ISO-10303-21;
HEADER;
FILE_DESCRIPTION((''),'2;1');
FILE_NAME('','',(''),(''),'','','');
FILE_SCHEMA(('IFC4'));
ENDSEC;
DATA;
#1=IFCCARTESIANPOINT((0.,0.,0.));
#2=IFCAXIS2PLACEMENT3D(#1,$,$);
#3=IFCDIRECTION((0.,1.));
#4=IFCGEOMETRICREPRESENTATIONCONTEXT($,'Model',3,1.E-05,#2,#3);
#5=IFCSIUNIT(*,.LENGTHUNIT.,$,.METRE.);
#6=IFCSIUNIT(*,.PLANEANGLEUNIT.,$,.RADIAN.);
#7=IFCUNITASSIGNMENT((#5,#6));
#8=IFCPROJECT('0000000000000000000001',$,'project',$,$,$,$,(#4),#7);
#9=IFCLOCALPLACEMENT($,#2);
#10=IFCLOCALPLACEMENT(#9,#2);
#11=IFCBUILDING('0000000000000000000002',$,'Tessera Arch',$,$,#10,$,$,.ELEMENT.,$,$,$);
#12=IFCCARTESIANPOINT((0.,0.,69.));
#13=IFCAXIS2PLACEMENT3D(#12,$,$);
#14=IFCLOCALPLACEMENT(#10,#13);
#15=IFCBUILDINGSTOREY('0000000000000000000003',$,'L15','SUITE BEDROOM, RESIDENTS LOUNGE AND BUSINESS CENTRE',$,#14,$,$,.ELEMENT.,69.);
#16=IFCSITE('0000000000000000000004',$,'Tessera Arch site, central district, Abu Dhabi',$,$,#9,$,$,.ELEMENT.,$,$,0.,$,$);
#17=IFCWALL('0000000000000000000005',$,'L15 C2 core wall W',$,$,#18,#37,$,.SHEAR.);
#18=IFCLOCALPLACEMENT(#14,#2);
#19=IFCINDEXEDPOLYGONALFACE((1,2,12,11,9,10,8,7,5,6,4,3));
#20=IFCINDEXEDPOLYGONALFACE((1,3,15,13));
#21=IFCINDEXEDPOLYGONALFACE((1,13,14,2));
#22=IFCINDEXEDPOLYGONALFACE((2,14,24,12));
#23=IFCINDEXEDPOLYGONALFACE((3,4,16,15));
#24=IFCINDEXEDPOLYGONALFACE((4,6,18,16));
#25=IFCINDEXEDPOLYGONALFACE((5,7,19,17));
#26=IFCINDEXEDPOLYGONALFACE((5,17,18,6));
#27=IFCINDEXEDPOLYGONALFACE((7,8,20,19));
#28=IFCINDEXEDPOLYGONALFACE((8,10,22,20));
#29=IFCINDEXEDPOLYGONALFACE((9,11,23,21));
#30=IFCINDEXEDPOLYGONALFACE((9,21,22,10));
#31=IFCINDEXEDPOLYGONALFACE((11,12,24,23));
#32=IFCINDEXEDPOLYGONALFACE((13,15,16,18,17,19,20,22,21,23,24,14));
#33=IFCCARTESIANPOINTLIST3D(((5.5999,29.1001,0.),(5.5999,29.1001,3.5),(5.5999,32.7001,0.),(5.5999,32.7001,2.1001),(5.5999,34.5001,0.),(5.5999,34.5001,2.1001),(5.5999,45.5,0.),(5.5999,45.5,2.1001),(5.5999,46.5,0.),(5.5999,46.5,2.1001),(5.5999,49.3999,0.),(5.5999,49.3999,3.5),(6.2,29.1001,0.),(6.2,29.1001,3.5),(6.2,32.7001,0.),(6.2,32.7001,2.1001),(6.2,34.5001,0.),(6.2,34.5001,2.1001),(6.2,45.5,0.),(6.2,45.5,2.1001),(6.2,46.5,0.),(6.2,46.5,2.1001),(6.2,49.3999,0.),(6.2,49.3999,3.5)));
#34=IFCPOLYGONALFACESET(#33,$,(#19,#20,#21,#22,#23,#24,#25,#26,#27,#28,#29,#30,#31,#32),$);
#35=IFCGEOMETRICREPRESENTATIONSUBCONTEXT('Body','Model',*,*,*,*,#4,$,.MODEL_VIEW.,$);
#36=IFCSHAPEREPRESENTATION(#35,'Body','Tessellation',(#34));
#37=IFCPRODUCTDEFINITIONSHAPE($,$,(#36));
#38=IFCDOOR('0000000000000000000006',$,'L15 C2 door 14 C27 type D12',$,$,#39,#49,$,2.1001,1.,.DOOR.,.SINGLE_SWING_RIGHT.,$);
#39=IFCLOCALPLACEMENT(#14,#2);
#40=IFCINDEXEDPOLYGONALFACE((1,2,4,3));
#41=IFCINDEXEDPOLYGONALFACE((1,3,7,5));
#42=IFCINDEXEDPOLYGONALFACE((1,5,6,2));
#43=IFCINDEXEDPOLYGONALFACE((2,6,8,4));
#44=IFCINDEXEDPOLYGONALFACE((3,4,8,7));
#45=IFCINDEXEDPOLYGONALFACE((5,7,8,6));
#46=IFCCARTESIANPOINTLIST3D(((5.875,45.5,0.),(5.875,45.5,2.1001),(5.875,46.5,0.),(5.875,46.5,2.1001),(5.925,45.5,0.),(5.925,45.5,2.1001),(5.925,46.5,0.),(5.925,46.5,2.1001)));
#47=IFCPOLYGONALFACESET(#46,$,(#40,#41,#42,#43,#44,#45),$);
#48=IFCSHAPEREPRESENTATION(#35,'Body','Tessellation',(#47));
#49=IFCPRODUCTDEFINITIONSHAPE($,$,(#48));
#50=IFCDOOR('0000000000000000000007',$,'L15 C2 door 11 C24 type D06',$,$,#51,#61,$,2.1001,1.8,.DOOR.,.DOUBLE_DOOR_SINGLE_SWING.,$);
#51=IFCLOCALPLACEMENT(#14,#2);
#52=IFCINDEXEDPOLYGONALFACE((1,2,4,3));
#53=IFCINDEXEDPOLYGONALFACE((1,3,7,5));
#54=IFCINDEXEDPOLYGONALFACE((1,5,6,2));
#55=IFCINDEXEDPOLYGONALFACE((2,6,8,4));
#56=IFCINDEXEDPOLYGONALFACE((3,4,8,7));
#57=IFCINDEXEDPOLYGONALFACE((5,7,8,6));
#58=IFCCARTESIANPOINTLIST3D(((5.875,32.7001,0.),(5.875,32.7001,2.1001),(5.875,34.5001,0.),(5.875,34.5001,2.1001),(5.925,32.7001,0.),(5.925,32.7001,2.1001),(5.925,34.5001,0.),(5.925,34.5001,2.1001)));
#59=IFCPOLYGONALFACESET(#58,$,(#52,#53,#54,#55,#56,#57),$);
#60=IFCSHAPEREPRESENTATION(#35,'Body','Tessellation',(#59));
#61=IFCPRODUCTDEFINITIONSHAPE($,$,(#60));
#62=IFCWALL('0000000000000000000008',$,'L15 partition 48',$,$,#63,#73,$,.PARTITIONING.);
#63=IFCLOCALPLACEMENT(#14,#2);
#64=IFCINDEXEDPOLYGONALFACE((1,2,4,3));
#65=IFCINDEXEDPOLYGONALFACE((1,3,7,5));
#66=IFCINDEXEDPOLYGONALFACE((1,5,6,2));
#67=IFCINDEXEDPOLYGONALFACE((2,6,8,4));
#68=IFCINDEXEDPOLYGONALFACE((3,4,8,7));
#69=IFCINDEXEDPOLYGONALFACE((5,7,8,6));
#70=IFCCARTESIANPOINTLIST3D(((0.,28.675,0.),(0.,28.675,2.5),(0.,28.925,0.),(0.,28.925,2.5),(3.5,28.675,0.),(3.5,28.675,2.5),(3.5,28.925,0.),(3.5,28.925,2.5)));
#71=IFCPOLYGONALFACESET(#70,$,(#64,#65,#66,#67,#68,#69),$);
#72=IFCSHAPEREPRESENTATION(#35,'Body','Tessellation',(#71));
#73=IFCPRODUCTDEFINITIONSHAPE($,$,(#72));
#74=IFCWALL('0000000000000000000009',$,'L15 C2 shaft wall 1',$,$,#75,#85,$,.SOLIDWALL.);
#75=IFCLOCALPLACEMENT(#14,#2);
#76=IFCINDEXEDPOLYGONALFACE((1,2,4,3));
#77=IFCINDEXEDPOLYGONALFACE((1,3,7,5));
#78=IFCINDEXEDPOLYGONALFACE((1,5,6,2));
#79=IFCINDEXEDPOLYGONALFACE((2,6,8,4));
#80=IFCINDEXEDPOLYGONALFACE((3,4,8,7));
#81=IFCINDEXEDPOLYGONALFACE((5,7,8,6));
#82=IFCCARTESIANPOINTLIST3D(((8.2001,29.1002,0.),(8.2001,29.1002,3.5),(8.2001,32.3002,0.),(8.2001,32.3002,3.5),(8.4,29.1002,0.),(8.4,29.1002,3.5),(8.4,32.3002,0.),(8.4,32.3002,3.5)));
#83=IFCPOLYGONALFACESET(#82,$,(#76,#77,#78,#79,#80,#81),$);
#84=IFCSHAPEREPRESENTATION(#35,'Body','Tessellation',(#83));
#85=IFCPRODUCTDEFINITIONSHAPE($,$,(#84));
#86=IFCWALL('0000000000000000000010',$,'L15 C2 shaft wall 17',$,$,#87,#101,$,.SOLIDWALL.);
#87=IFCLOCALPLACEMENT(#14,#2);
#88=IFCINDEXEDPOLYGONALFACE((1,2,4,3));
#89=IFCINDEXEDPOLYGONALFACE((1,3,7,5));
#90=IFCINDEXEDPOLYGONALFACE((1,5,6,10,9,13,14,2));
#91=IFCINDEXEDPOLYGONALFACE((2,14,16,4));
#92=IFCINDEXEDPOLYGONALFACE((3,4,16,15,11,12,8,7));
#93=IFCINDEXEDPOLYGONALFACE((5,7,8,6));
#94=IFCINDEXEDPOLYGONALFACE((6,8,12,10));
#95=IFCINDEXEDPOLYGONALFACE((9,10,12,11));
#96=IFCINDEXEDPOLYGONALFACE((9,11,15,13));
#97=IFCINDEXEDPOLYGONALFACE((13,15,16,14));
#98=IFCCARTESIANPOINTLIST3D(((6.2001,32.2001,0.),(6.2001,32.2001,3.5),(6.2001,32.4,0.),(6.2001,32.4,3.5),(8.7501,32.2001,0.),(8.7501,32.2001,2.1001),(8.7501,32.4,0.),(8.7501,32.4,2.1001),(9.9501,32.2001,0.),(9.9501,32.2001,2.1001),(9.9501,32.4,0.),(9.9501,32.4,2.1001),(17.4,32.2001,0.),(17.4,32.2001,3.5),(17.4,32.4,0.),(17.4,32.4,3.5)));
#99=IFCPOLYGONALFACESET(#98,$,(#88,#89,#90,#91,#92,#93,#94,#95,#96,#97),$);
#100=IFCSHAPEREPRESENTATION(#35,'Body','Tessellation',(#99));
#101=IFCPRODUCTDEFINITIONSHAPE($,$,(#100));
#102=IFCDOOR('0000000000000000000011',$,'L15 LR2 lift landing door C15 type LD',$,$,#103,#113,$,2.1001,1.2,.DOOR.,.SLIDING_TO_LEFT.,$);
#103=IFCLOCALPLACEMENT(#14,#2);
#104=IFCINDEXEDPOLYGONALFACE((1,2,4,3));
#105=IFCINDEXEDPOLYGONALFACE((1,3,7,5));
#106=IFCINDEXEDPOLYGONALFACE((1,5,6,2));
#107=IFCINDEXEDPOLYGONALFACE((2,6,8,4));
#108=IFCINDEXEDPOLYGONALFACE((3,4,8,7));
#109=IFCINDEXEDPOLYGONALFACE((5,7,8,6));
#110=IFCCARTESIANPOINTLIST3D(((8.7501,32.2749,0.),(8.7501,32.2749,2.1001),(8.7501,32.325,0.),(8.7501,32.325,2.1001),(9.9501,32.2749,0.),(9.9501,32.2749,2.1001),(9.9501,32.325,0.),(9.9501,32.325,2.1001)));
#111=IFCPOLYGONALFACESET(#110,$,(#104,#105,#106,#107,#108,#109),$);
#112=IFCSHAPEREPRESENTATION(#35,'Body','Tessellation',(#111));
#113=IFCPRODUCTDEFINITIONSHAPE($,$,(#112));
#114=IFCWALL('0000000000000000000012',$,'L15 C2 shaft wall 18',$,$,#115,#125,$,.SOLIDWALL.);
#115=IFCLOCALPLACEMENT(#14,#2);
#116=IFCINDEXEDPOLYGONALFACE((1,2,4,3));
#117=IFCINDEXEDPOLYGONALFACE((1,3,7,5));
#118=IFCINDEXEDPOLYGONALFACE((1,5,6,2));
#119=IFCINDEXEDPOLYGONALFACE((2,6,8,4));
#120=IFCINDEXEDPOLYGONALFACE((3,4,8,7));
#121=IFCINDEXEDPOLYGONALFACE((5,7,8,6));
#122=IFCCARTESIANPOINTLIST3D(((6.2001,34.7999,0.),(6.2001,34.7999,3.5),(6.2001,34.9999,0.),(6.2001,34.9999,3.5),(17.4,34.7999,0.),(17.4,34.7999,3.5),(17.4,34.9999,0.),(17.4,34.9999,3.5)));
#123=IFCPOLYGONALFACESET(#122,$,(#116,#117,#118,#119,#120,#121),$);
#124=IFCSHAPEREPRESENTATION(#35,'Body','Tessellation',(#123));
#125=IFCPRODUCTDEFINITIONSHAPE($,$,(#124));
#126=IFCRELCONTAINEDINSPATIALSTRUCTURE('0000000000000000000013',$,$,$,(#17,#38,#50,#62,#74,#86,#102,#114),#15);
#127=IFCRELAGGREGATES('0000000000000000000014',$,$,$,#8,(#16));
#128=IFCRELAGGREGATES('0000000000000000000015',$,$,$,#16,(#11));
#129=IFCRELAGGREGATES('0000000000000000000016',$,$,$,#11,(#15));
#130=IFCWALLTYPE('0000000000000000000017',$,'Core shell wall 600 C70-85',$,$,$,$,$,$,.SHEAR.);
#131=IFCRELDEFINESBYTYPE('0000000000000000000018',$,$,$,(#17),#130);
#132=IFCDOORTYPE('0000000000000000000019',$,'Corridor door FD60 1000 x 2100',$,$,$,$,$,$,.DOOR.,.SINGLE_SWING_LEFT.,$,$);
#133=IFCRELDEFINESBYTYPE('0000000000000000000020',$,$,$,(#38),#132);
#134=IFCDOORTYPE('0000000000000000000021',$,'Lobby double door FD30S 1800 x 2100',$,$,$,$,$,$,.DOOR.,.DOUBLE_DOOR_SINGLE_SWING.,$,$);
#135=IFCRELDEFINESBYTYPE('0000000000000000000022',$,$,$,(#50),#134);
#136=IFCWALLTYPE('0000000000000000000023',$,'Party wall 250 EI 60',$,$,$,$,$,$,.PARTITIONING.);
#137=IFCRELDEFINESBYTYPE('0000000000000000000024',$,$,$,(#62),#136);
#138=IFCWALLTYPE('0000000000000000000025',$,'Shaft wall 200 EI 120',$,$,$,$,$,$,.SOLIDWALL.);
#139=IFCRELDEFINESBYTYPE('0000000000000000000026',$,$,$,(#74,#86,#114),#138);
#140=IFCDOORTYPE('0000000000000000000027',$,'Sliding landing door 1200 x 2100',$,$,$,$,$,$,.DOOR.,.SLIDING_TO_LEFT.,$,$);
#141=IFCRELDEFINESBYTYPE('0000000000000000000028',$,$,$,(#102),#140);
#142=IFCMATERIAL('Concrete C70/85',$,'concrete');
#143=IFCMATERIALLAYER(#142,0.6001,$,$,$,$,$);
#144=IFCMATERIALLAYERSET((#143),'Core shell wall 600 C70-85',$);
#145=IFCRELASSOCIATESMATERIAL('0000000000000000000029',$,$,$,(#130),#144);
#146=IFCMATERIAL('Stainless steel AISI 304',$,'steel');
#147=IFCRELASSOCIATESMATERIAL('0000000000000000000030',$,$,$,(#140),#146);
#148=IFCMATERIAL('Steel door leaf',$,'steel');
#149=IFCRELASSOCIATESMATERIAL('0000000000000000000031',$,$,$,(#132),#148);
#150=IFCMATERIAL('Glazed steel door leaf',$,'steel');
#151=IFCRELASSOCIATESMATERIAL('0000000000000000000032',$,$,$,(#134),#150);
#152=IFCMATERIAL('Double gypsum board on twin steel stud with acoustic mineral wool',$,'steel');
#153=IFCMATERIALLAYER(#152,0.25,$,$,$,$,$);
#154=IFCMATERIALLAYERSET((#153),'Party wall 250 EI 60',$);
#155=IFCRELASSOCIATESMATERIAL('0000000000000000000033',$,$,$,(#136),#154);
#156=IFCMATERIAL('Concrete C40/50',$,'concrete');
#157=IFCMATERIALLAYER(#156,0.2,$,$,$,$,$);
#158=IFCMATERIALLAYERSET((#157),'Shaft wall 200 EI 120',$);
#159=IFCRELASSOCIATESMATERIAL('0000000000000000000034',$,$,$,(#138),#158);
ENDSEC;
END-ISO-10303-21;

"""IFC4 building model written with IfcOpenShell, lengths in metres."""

from ifc_helpers import new_model, si_unit, direction, frame, frame_2d, origin, place, context, subcontext, project, spatial, rectangle, extrude, material, layer, layer_set, type_object, element, fill, save


model = new_model("IFC4")

# Units and contexts
model_context = context("Model", 3, precision=1e-05, world=origin(), true_north=direction((0.0, 1.0)))
body_context = subcontext(model_context, "Body", "Model", "MODEL_VIEW")
ifc_project = project(units=[si_unit("LENGTHUNIT", "METRE"), si_unit("PLANEANGLEUNIT", "RADIAN")], contexts=[model_context])

# Site, building, storey
site_placement = place(None, origin())
site = spatial("IfcSite", under=ifc_project, at=site_placement, Name="Tessera Arch site, central district, Abu Dhabi", CompositionType="ELEMENT", RefElevation=0.0)
building_placement = place(site_placement, origin())
building = spatial("IfcBuilding", under=site, at=building_placement, Name="Tessera Arch", CompositionType="ELEMENT")
storey_placement = place(building_placement, frame((0.0, 0.0, 69.0)))
storey = spatial("IfcBuildingStorey", under=building, at=storey_placement, Name="L15", Description="SUITE BEDROOM, RESIDENTS LOUNGE AND BUSINESS CENTRE", CompositionType="ELEMENT", Elevation=69.0)

# Wall, openings, doors
ifc_material_1 = material(Name="Concrete C70/85", Category="concrete")
ifc_layer_1 = layer(ifc_material_1, 0.6001)
ifc_layer_set_1 = layer_set([ifc_layer_1], Name="Core shell wall 600 C70-85")
wall_type_1 = type_object("IfcWallType", Name="Core shell wall 600 C70-85", PredefinedType="SHEAR", material=ifc_layer_set_1)
ifc_material_2 = material(Name="Stainless steel AISI 304", Category="steel")
door_type_1 = type_object("IfcDoorType", Name="Sliding landing door 1200 x 2100", OperationType="SLIDING_TO_LEFT", PredefinedType="DOOR", material=ifc_material_2)
wall_1_placement = place(storey_placement, frame((5.8999, 29.1001, 0.0), z_axis=(0.0, 0.0, 1.0), x_axis=(0.0, 1.0, 0.0)))
wall_1 = element("IfcWall", 1, at=wall_1_placement, inside=storey, type_object=wall_type_1, Name="L15 C2 core wall W", PredefinedType="SHEAR", context=body_context, shape_type="SweptSolid", body=[
    extrude(rectangle(XDim=20.2998, YDim=0.6001, at=frame_2d((10.1499, 0.0))), origin(), (0.0, 0.0, 1.0), 3.5),
])
opening_1_placement = place(wall_1_placement, frame((3.6001, 0.0, 0.0)))
opening_1 = element("IfcOpeningElement", 2, at=opening_1_placement, cuts=wall_1, PredefinedType="OPENING", context=body_context, shape_type="SweptSolid", body=[
    extrude(rectangle(XDim=1.8, YDim=2.1001, at=frame_2d((0.8999, 1.05))), frame((0.0, 0.3101, 0.0), z_axis=(0.0, -1.0, 0.0), x_axis=(1.0, 0.0, 0.0)), (0.0, 0.0, 1.0), 0.6201),
])
opening_2_placement = place(wall_1_placement, frame((16.3999, 0.0, 0.0)))
opening_2 = element("IfcOpeningElement", 3, at=opening_2_placement, cuts=wall_1, PredefinedType="OPENING", context=body_context, shape_type="SweptSolid", body=[
    extrude(rectangle(XDim=1.0, YDim=2.1001, at=frame_2d((0.5, 1.05))), frame((0.0, 0.3101, 0.0), z_axis=(0.0, -1.0, 0.0), x_axis=(1.0, 0.0, 0.0)), (0.0, 0.0, 1.0), 0.6201),
])
ifc_material_3 = material(Name="Steel door leaf", Category="steel")
door_type_2 = type_object("IfcDoorType", Name="Corridor door FD60 1000 x 2100", OperationType="SINGLE_SWING_LEFT", PredefinedType="DOOR", material=ifc_material_3)
door_1_placement = place(opening_2_placement, origin())
door_1 = element("IfcDoor", 4, at=door_1_placement, inside=storey, type_object=door_type_2, Name="L15 C2 door 14 C27 type D12", OperationType="SINGLE_SWING_RIGHT", OverallHeight=2.1001, OverallWidth=1.0, PredefinedType="DOOR", context=body_context, shape_type="SweptSolid", body=[
    extrude(rectangle(XDim=1.0, YDim=2.1001, at=frame_2d((0.5, 1.05))), frame((0.0, 0.0249, 0.0), z_axis=(0.0, -1.0, 0.0), x_axis=(1.0, 0.0, 0.0)), (0.0, 0.0, 1.0), 0.05),
])
fill(opening_2, door_1)
ifc_material_4 = material(Name="Glazed steel door leaf", Category="steel")
door_type_3 = type_object("IfcDoorType", Name="Lobby double door FD30S 1800 x 2100", OperationType="DOUBLE_DOOR_SINGLE_SWING", PredefinedType="DOOR", material=ifc_material_4)
door_2_placement = place(opening_1_placement, origin())
door_2 = element("IfcDoor", 5, at=door_2_placement, inside=storey, type_object=door_type_3, Name="L15 C2 door 11 C24 type D06", OperationType="DOUBLE_DOOR_SINGLE_SWING", OverallHeight=2.1001, OverallWidth=1.8, PredefinedType="DOOR", context=body_context, shape_type="SweptSolid", body=[
    extrude(rectangle(XDim=1.8, YDim=2.1001, at=frame_2d((0.8999, 1.05))), frame((0.0, 0.0249, 0.0), z_axis=(0.0, -1.0, 0.0), x_axis=(1.0, 0.0, 0.0)), (0.0, 0.0, 1.0), 0.05),
])
fill(opening_1, door_2)

# Walls
ifc_material_5 = material(Name="Double gypsum board on twin steel stud with acoustic mineral wool", Category="steel")
ifc_layer_2 = layer(ifc_material_5, 0.25)
ifc_layer_set_2 = layer_set([ifc_layer_2], Name="Party wall 250 EI 60")
wall_type_2 = type_object("IfcWallType", Name="Party wall 250 EI 60", PredefinedType="PARTITIONING", material=ifc_layer_set_2)
wall_2_placement = place(storey_placement, frame((0.0, 28.8, 0.0), z_axis=(0.0, 0.0, 1.0), x_axis=(1.0, 0.0, 0.0)))
element("IfcWall", 6, at=wall_2_placement, inside=storey, type_object=wall_type_2, Name="L15 partition 48", PredefinedType="PARTITIONING", context=body_context, shape_type="SweptSolid", body=[
    extrude(rectangle(XDim=3.5, YDim=0.25, at=frame_2d((1.75, 0.0))), origin(), (0.0, 0.0, 1.0), 2.5),
])
ifc_material_6 = material(Name="Concrete C40/50", Category="concrete")
ifc_layer_3 = layer(ifc_material_6, 0.2)
ifc_layer_set_3 = layer_set([ifc_layer_3], Name="Shaft wall 200 EI 120")
wall_type_3 = type_object("IfcWallType", Name="Shaft wall 200 EI 120", PredefinedType="SOLIDWALL", material=ifc_layer_set_3)
wall_3_placement = place(storey_placement, frame((8.3, 29.1001, 0.0), z_axis=(0.0, 0.0, 1.0), x_axis=(0.0, 1.0, 0.0)))
element("IfcWall", 7, at=wall_3_placement, inside=storey, type_object=wall_type_3, Name="L15 C2 shaft wall 1", PredefinedType="SOLIDWALL", context=body_context, shape_type="SweptSolid", body=[
    extrude(rectangle(XDim=3.2, YDim=0.2, at=frame_2d((1.6001, 0.0))), origin(), (0.0, 0.0, 1.0), 3.5),
])

# Wall, opening, door
wall_4_placement = place(storey_placement, frame((6.2, 32.3, 0.0), z_axis=(0.0, 0.0, 1.0), x_axis=(1.0, 0.0, 0.0)))
wall_4 = element("IfcWall", 8, at=wall_4_placement, inside=storey, type_object=wall_type_3, Name="L15 C2 shaft wall 17", PredefinedType="SOLIDWALL", context=body_context, shape_type="SweptSolid", body=[
    extrude(rectangle(XDim=11.2, YDim=0.2, at=frame_2d((5.6001, 0.0))), origin(), (0.0, 0.0, 1.0), 3.5),
])
opening_3_placement = place(wall_4_placement, frame((2.55, 0.0, 0.0)))
opening_3 = element("IfcOpeningElement", 9, at=opening_3_placement, cuts=wall_4, PredefinedType="OPENING", context=body_context, shape_type="SweptSolid", body=[
    extrude(rectangle(XDim=1.2, YDim=2.1001, at=frame_2d((0.6001, 1.05))), frame((0.0, 0.1099, 0.0), z_axis=(0.0, -1.0, 0.0), x_axis=(1.0, 0.0, 0.0)), (0.0, 0.0, 1.0), 0.22),
])
door_3_placement = place(opening_3_placement, origin())
door_3 = element("IfcDoor", 10, at=door_3_placement, inside=storey, type_object=door_type_1, Name="L15 LR2 lift landing door C15 type LD", OperationType="SLIDING_TO_LEFT", OverallHeight=2.1001, OverallWidth=1.2, PredefinedType="DOOR", context=body_context, shape_type="SweptSolid", body=[
    extrude(rectangle(XDim=1.2, YDim=2.1001, at=frame_2d((0.6001, 1.05))), frame((0.0, 0.0249, 0.0), z_axis=(0.0, -1.0, 0.0), x_axis=(1.0, 0.0, 0.0)), (0.0, 0.0, 1.0), 0.05),
])
fill(opening_3, door_3)

# Wall
wall_5_placement = place(storey_placement, frame((6.2, 34.8999, 0.0), z_axis=(0.0, 0.0, 1.0), x_axis=(1.0, 0.0, 0.0)))
element("IfcWall", 11, at=wall_5_placement, inside=storey, type_object=wall_type_3, Name="L15 C2 shaft wall 18", PredefinedType="SOLIDWALL", context=body_context, shape_type="SweptSolid", body=[
    extrude(rectangle(XDim=11.2, YDim=0.2, at=frame_2d((5.6001, 0.0))), origin(), (0.0, 0.0, 1.0), 3.5),
])

save(model, "model.ifc")
